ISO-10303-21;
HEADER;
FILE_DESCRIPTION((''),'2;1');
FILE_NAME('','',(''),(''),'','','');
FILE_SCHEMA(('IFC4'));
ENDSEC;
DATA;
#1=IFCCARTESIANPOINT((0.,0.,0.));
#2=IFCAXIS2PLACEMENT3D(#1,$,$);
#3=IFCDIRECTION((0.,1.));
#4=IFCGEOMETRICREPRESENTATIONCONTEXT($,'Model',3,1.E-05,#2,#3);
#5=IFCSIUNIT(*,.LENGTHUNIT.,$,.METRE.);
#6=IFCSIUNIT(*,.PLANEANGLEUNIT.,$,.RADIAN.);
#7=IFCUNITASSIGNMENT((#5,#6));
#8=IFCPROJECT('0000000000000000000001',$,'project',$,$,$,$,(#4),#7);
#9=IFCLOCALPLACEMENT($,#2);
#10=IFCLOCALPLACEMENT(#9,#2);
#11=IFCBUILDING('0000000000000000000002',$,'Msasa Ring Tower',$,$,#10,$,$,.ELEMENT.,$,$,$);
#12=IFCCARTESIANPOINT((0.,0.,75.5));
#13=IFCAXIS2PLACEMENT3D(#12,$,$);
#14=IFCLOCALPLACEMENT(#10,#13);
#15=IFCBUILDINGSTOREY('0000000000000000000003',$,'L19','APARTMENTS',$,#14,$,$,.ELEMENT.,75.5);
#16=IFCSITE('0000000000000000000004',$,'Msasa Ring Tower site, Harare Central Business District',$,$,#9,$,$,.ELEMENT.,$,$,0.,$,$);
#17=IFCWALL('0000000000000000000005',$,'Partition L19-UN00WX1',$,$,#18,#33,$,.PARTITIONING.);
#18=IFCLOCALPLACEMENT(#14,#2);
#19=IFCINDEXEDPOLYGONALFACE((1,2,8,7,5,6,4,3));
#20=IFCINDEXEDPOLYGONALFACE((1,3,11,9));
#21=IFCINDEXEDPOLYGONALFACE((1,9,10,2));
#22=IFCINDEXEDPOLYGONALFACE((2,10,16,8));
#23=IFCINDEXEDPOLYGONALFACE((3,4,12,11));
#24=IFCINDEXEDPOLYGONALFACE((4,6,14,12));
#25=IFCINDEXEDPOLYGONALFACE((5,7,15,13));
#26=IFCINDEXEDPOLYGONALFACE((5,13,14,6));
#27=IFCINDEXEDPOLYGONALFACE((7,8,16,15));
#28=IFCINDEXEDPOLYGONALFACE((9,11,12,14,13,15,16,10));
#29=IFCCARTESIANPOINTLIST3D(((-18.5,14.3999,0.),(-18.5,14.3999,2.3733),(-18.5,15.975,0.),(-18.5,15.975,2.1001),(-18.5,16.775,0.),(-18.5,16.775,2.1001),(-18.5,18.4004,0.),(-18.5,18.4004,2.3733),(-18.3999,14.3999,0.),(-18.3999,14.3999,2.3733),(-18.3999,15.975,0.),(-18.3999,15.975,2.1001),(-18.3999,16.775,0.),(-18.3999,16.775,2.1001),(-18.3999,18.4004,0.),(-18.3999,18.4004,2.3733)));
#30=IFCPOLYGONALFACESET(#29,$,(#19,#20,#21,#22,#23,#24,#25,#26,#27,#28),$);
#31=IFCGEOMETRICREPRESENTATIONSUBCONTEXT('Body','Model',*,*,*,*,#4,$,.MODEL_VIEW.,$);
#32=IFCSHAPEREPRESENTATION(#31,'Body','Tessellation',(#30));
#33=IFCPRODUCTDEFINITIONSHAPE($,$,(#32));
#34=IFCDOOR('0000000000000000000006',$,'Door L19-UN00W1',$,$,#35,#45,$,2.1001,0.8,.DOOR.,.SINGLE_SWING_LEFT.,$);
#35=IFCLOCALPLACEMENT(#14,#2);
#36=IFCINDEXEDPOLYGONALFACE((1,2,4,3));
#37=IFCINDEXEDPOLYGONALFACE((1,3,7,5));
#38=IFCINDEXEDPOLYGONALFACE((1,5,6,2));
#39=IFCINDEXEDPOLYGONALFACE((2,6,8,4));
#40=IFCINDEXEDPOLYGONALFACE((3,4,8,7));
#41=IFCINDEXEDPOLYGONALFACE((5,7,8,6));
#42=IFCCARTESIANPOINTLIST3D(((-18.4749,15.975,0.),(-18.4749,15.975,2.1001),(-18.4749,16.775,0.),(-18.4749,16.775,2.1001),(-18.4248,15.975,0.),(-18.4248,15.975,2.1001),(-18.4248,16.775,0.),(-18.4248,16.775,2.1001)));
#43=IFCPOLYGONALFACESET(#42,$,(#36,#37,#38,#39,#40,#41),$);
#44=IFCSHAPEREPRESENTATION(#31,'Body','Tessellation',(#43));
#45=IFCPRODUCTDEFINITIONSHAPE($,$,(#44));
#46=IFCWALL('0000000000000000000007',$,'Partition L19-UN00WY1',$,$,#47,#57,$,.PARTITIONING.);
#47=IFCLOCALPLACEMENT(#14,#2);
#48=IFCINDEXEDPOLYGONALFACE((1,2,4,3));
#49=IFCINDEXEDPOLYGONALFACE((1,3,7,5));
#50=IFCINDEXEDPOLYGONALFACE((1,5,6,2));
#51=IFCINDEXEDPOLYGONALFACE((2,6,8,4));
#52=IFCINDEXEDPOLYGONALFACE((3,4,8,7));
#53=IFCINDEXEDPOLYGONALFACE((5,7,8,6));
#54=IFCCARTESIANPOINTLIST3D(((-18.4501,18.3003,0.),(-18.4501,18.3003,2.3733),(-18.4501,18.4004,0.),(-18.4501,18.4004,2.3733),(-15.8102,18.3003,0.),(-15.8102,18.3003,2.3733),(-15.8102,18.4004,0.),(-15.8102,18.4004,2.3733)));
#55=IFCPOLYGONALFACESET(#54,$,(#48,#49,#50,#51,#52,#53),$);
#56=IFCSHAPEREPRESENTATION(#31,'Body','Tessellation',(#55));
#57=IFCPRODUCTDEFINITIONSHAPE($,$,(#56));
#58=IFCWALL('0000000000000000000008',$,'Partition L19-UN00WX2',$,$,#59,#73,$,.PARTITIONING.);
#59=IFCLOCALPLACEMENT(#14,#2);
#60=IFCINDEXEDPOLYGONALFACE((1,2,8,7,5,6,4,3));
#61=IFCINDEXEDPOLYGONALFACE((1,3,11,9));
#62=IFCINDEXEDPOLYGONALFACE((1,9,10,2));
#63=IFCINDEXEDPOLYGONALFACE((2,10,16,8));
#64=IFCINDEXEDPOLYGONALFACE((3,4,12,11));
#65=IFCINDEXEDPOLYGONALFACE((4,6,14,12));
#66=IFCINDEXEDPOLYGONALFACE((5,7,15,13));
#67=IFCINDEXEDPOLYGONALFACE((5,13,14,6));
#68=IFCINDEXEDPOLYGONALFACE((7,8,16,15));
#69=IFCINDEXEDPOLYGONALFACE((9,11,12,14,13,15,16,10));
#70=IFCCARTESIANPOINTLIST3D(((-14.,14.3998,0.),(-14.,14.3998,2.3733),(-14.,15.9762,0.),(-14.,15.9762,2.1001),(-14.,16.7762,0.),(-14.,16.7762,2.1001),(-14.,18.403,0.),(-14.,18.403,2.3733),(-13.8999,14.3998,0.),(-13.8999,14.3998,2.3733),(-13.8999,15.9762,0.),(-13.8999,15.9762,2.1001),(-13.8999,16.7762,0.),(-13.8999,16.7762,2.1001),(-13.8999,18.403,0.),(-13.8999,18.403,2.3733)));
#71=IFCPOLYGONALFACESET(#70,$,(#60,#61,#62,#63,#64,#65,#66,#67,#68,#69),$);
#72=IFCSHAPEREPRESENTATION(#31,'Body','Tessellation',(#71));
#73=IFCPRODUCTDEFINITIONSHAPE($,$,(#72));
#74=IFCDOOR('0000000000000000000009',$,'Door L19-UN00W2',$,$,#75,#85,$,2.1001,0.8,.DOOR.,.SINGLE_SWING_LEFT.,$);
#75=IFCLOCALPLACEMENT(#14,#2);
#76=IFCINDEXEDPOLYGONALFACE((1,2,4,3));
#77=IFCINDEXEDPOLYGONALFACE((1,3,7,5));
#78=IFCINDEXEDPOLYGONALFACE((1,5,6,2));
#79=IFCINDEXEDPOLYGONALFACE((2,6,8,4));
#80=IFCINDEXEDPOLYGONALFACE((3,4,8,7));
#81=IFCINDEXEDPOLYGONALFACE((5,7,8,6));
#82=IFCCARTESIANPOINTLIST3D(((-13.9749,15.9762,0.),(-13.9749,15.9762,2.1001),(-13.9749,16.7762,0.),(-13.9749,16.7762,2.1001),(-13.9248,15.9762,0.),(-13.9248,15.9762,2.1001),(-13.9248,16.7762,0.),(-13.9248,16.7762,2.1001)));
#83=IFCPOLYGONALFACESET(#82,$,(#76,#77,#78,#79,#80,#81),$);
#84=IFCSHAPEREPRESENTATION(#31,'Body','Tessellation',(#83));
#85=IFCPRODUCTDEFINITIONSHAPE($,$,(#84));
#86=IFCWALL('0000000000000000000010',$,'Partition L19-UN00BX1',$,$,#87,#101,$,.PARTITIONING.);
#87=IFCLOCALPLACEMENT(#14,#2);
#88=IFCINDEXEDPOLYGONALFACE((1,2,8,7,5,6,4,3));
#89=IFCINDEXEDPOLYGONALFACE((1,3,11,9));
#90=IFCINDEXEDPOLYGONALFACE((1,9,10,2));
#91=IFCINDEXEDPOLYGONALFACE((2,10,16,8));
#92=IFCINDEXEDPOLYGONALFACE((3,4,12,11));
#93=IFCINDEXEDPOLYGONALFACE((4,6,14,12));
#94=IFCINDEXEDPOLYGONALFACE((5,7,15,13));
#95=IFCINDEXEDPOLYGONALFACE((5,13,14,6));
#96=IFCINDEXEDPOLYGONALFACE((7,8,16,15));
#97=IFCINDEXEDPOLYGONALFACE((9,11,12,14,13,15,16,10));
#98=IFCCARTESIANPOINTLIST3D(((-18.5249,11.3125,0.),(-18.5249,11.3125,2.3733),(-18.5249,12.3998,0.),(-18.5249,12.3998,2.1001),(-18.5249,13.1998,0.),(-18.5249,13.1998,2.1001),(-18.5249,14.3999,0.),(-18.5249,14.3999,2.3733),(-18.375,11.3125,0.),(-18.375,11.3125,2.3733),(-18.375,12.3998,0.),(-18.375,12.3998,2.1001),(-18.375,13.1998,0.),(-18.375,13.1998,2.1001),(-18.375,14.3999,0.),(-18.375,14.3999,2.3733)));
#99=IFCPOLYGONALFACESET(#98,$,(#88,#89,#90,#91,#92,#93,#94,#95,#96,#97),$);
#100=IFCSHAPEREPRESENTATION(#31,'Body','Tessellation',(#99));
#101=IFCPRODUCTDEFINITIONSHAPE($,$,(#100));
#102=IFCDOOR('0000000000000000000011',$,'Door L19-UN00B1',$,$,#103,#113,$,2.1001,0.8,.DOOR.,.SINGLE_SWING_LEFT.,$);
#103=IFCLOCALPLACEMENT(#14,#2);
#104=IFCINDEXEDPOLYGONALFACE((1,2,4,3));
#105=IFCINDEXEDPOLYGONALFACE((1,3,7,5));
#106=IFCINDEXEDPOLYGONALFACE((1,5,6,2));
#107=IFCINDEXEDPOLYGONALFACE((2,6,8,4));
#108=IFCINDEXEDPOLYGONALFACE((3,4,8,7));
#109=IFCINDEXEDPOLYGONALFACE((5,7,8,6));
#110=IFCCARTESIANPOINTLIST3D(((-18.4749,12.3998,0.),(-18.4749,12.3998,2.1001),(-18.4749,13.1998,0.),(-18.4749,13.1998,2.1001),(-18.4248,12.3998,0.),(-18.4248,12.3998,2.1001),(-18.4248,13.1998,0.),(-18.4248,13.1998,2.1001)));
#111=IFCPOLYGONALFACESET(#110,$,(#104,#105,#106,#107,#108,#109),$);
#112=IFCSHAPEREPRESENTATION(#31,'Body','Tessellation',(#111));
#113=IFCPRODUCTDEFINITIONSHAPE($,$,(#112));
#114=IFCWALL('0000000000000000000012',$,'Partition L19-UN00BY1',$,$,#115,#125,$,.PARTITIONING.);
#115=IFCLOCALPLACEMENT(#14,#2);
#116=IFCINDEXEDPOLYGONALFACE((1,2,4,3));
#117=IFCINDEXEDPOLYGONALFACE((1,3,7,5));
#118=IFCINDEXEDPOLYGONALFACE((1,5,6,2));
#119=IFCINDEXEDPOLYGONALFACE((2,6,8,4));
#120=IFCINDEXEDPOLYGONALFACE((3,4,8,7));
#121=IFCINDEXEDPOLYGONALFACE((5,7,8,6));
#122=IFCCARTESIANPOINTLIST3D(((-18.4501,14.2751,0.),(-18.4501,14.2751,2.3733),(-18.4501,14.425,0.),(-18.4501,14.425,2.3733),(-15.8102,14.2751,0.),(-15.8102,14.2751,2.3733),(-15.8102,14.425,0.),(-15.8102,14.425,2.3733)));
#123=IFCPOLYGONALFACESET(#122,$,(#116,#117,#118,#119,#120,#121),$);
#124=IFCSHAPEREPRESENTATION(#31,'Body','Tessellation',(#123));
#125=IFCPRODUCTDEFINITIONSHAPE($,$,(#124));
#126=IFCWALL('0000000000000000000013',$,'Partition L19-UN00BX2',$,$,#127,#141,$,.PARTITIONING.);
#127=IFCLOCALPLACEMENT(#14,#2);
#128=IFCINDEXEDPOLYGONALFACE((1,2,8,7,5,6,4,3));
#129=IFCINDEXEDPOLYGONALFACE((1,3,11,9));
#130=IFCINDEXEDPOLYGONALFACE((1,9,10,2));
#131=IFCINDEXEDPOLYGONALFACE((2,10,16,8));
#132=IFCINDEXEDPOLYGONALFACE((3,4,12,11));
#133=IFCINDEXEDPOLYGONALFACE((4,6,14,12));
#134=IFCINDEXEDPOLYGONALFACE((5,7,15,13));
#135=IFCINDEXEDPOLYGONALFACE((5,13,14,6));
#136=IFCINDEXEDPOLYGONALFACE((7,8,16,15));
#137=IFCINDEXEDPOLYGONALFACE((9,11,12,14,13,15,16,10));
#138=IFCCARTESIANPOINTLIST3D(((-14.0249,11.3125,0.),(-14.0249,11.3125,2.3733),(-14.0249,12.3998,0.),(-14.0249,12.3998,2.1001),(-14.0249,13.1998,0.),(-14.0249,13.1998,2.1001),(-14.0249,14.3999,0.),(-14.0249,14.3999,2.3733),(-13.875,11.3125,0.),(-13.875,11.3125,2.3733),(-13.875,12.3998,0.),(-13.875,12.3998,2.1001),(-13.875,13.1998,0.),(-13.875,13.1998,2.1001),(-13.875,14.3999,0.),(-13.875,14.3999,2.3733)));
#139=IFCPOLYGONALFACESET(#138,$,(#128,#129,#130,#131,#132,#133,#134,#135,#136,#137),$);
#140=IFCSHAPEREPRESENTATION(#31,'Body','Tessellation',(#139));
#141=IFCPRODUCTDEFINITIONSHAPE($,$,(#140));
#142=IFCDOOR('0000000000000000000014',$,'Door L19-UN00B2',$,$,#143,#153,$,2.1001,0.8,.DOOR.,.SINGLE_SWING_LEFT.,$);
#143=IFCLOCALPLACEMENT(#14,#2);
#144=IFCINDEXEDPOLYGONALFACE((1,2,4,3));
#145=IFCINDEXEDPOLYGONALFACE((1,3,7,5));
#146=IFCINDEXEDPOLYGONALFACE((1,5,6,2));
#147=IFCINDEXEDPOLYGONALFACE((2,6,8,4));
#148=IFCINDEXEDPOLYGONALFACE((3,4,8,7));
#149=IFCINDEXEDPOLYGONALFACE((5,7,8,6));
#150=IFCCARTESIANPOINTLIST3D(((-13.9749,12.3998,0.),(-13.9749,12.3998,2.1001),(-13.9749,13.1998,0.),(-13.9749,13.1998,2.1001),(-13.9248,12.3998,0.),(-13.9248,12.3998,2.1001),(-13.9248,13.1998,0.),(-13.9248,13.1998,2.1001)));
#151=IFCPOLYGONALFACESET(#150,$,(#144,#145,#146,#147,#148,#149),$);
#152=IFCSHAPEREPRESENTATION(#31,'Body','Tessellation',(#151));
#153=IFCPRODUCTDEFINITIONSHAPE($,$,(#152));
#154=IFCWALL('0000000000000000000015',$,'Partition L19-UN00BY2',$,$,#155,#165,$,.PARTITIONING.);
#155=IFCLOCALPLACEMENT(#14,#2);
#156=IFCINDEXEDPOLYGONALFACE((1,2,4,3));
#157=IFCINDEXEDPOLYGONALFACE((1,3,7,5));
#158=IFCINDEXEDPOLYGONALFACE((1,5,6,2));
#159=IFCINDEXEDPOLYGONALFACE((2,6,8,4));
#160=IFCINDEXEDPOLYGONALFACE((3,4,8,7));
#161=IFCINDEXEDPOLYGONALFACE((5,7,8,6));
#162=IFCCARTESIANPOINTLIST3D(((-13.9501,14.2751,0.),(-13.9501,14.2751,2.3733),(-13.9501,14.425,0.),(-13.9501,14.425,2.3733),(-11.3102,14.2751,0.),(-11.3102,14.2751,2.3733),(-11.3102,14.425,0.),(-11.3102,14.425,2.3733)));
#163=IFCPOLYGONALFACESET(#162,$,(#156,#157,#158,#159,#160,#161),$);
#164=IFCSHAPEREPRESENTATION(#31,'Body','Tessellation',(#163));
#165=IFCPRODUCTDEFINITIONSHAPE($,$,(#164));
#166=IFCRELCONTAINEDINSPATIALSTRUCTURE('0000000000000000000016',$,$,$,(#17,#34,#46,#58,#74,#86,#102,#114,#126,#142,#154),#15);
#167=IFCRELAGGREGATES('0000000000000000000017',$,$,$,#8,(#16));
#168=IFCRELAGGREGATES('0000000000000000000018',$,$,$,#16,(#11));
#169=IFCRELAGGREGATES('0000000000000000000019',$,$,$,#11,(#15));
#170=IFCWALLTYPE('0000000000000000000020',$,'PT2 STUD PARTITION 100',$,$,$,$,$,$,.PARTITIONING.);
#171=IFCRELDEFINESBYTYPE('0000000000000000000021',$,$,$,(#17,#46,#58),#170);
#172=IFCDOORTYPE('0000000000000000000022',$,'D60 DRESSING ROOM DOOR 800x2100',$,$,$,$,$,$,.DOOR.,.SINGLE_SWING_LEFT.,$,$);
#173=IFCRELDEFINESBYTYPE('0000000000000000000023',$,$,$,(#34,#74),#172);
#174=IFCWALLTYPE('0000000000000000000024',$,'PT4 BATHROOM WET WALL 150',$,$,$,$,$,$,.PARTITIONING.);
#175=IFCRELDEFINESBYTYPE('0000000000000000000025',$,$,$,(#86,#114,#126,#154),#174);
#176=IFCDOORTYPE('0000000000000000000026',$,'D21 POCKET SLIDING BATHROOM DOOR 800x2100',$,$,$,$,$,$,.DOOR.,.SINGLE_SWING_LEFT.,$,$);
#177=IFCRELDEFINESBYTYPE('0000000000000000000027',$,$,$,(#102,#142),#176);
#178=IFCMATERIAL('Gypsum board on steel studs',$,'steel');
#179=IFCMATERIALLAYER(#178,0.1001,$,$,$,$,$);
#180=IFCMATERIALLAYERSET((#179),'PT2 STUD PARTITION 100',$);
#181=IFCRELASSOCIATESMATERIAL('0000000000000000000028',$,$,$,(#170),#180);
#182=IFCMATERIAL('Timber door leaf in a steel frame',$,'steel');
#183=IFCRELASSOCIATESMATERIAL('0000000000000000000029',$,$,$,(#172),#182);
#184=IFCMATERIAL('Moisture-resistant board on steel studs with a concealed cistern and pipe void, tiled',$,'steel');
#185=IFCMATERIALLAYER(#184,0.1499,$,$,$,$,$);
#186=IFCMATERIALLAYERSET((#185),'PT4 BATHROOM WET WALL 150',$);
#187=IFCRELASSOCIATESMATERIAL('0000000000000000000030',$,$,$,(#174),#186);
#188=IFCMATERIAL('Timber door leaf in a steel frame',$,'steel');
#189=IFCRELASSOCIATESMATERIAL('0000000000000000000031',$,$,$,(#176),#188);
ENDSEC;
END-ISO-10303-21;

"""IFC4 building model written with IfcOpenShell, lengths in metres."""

from ifc_helpers import new_model, si_unit, direction, frame, frame_2d, origin, place, context, subcontext, project, spatial, rectangle, extrude, material, layer, layer_set, type_object, element, fill, save


model = new_model("IFC4")

# Units and contexts
model_context = context("Model", 3, precision=1e-05, world=origin(), true_north=direction((0.0, 1.0)))
body_context = subcontext(model_context, "Body", "Model", "MODEL_VIEW")
ifc_project = project(units=[si_unit("LENGTHUNIT", "METRE"), si_unit("PLANEANGLEUNIT", "RADIAN")], contexts=[model_context])

# Site, building, storey
site_placement = place(None, origin())
site = spatial("IfcSite", under=ifc_project, at=site_placement, Name="Msasa Ring Tower site, Harare Central Business District", CompositionType="ELEMENT", RefElevation=0.0)
building_placement = place(site_placement, origin())
building = spatial("IfcBuilding", under=site, at=building_placement, Name="Msasa Ring Tower", CompositionType="ELEMENT")
storey_placement = place(building_placement, frame((0.0, 0.0, 75.5)))
storey = spatial("IfcBuildingStorey", under=building, at=storey_placement, Name="L19", Description="APARTMENTS", CompositionType="ELEMENT", Elevation=75.5)

# Shared definitions
ifc_material_1 = material(Name="Gypsum board on steel studs", Category="steel")
ifc_layer_1 = layer(ifc_material_1, 0.1001)
ifc_layer_set_1 = layer_set([ifc_layer_1], Name="PT2 STUD PARTITION 100")
wall_type_1 = type_object("IfcWallType", Name="PT2 STUD PARTITION 100", PredefinedType="PARTITIONING", material=ifc_layer_set_1)

# Wall, opening, door
wall_1_placement = place(storey_placement, frame((-18.45, 14.3999, 0.0), z_axis=(0.0, 0.0, 1.0), x_axis=(0.0, 1.0, 0.0)))
wall_1 = element("IfcWall", 1, at=wall_1_placement, inside=storey, type_object=wall_type_1, Name="Partition L19-UN00WX1", PredefinedType="PARTITIONING", context=body_context, shape_type="SweptSolid", body=[
    extrude(rectangle(XDim=4.0005, YDim=0.1001, at=frame_2d((2.0002, 0.0))), origin(), (0.0, 0.0, 1.0), 2.3733),
])
opening_1_placement = place(wall_1_placement, frame((1.5752, 0.0, 0.0)))
opening_1 = element("IfcOpeningElement", 2, at=opening_1_placement, cuts=wall_1, PredefinedType="OPENING", context=body_context, shape_type="SweptSolid", body=[
    extrude(rectangle(XDim=0.8, YDim=2.1001, at=frame_2d((0.3999, 1.05))), frame((0.0, 0.0601, 0.0), z_axis=(0.0, -1.0, 0.0), x_axis=(1.0, 0.0, 0.0)), (0.0, 0.0, 1.0), 0.1201),
])
ifc_material_2 = material(Name="Timber door leaf in a steel frame", Category="steel")
door_type_1 = type_object("IfcDoorType", Name="D60 DRESSING ROOM DOOR 800x2100", OperationType="SINGLE_SWING_LEFT", PredefinedType="DOOR", material=ifc_material_2)
door_1_placement = place(opening_1_placement, origin())
door_1 = element("IfcDoor", 3, at=door_1_placement, inside=storey, type_object=door_type_1, Name="Door L19-UN00W1", OperationType="SINGLE_SWING_LEFT", OverallHeight=2.1001, OverallWidth=0.8, PredefinedType="DOOR", context=body_context, shape_type="SweptSolid", body=[
    extrude(rectangle(XDim=0.8, YDim=2.1001, at=frame_2d((0.3999, 1.05))), frame((0.0, 0.0249, 0.0), z_axis=(0.0, -1.0, 0.0), x_axis=(1.0, 0.0, 0.0)), (0.0, 0.0, 1.0), 0.05),
])
fill(opening_1, door_1)

# Wall
wall_2_placement = place(storey_placement, frame((-18.45, 18.3503, 0.0), z_axis=(0.0, 0.0, 1.0), x_axis=(1.0, 0.0, 0.0)))
element("IfcWall", 4, at=wall_2_placement, inside=storey, type_object=wall_type_1, Name="Partition L19-UN00WY1", PredefinedType="PARTITIONING", context=body_context, shape_type="SweptSolid", body=[
    extrude(rectangle(XDim=2.6399, YDim=0.1001, at=frame_2d((1.3198, 0.0))), origin(), (0.0, 0.0, 1.0), 2.3733),
])

# Walls, openings, doors
wall_3_placement = place(storey_placement, frame((-13.95, 14.3999, 0.0), z_axis=(0.0, 0.0, 1.0), x_axis=(0.0, 1.0, 0.0)))
wall_3 = element("IfcWall", 5, at=wall_3_placement, inside=storey, type_object=wall_type_1, Name="Partition L19-UN00WX2", PredefinedType="PARTITIONING", context=body_context, shape_type="SweptSolid", body=[
    extrude(rectangle(XDim=4.0032, YDim=0.1001, at=frame_2d((2.0015, 0.0))), origin(), (0.0, 0.0, 1.0), 2.3733),
])
opening_2_placement = place(wall_3_placement, frame((1.5764, 0.0, 0.0)))
opening_2 = element("IfcOpeningElement", 6, at=opening_2_placement, cuts=wall_3, PredefinedType="OPENING", context=body_context, shape_type="SweptSolid", body=[
    extrude(rectangle(XDim=0.8, YDim=2.1001, at=frame_2d((0.3999, 1.05))), frame((0.0, 0.0601, 0.0), z_axis=(0.0, -1.0, 0.0), x_axis=(1.0, 0.0, 0.0)), (0.0, 0.0, 1.0), 0.1201),
])
door_2_placement = place(opening_2_placement, origin())
door_2 = element("IfcDoor", 7, at=door_2_placement, inside=storey, type_object=door_type_1, Name="Door L19-UN00W2", OperationType="SINGLE_SWING_LEFT", OverallHeight=2.1001, OverallWidth=0.8, PredefinedType="DOOR", context=body_context, shape_type="SweptSolid", body=[
    extrude(rectangle(XDim=0.8, YDim=2.1001, at=frame_2d((0.3999, 1.05))), frame((0.0, 0.0249, 0.0), z_axis=(0.0, -1.0, 0.0), x_axis=(1.0, 0.0, 0.0)), (0.0, 0.0, 1.0), 0.05),
])
fill(opening_2, door_2)
ifc_material_3 = material(Name="Moisture-resistant board on steel studs with a concealed cistern and pipe void, tiled", Category="steel")
ifc_layer_2 = layer(ifc_material_3, 0.1499)
ifc_layer_set_2 = layer_set([ifc_layer_2], Name="PT4 BATHROOM WET WALL 150")
wall_type_2 = type_object("IfcWallType", Name="PT4 BATHROOM WET WALL 150", PredefinedType="PARTITIONING", material=ifc_layer_set_2)
wall_4_placement = place(storey_placement, frame((-18.45, 11.3125, 0.0), z_axis=(0.0, 0.0, 1.0), x_axis=(0.0, 1.0, 0.0)))
wall_4 = element("IfcWall", 8, at=wall_4_placement, inside=storey, type_object=wall_type_2, Name="Partition L19-UN00BX1", PredefinedType="PARTITIONING", context=body_context, shape_type="SweptSolid", body=[
    extrude(rectangle(XDim=3.0874, YDim=0.1499, at=frame_2d((1.5437, 0.0))), origin(), (0.0, 0.0, 1.0), 2.3733),
])
opening_3_placement = place(wall_4_placement, frame((1.0874, 0.0, 0.0)))
opening_3 = element("IfcOpeningElement", 9, at=opening_3_placement, cuts=wall_4, PredefinedType="OPENING", context=body_context, shape_type="SweptSolid", body=[
    extrude(rectangle(XDim=0.8, YDim=2.1001, at=frame_2d((0.3999, 1.05))), frame((0.0, 0.085, 0.0), z_axis=(0.0, -1.0, 0.0), x_axis=(1.0, 0.0, 0.0)), (0.0, 0.0, 1.0), 0.1699),
])
ifc_material_4 = material(Name="Timber door leaf in a steel frame", Category="steel")
door_type_2 = type_object("IfcDoorType", Name="D21 POCKET SLIDING BATHROOM DOOR 800x2100", OperationType="SINGLE_SWING_LEFT", PredefinedType="DOOR", material=ifc_material_4)
door_3_placement = place(opening_3_placement, origin())
door_3 = element("IfcDoor", 10, at=door_3_placement, inside=storey, type_object=door_type_2, Name="Door L19-UN00B1", OperationType="SINGLE_SWING_LEFT", OverallHeight=2.1001, OverallWidth=0.8, PredefinedType="DOOR", context=body_context, shape_type="SweptSolid", body=[
    extrude(rectangle(XDim=0.8, YDim=2.1001, at=frame_2d((0.3999, 1.05))), frame((0.0, 0.0249, 0.0), z_axis=(0.0, -1.0, 0.0), x_axis=(1.0, 0.0, 0.0)), (0.0, 0.0, 1.0), 0.05),
])
fill(opening_3, door_3)

# Wall
wall_5_placement = place(storey_placement, frame((-18.45, 14.3501, 0.0), z_axis=(0.0, 0.0, 1.0), x_axis=(1.0, 0.0, 0.0)))
element("IfcWall", 11, at=wall_5_placement, inside=storey, type_object=wall_type_2, Name="Partition L19-UN00BY1", PredefinedType="PARTITIONING", context=body_context, shape_type="SweptSolid", body=[
    extrude(rectangle(XDim=2.6399, YDim=0.1499, at=frame_2d((1.3198, 0.0))), origin(), (0.0, 0.0, 1.0), 2.3733),
])

# Wall, opening, door
wall_6_placement = place(storey_placement, frame((-13.95, 11.3125, 0.0), z_axis=(0.0, 0.0, 1.0), x_axis=(0.0, 1.0, 0.0)))
wall_6 = element("IfcWall", 12, at=wall_6_placement, inside=storey, type_object=wall_type_2, Name="Partition L19-UN00BX2", PredefinedType="PARTITIONING", context=body_context, shape_type="SweptSolid", body=[
    extrude(rectangle(XDim=3.0874, YDim=0.1499, at=frame_2d((1.5437, 0.0))), origin(), (0.0, 0.0, 1.0), 2.3733),
])
opening_4_placement = place(wall_6_placement, frame((1.0874, 0.0, 0.0)))
opening_4 = element("IfcOpeningElement", 13, at=opening_4_placement, cuts=wall_6, PredefinedType="OPENING", context=body_context, shape_type="SweptSolid", body=[
    extrude(rectangle(XDim=0.8, YDim=2.1001, at=frame_2d((0.3999, 1.05))), frame((0.0, 0.085, 0.0), z_axis=(0.0, -1.0, 0.0), x_axis=(1.0, 0.0, 0.0)), (0.0, 0.0, 1.0), 0.1699),
])
door_4_placement = place(opening_4_placement, origin())
door_4 = element("IfcDoor", 14, at=door_4_placement, inside=storey, type_object=door_type_2, Name="Door L19-UN00B2", OperationType="SINGLE_SWING_LEFT", OverallHeight=2.1001, OverallWidth=0.8, PredefinedType="DOOR", context=body_context, shape_type="SweptSolid", body=[
    extrude(rectangle(XDim=0.8, YDim=2.1001, at=frame_2d((0.3999, 1.05))), frame((0.0, 0.0249, 0.0), z_axis=(0.0, -1.0, 0.0), x_axis=(1.0, 0.0, 0.0)), (0.0, 0.0, 1.0), 0.05),
])
fill(opening_4, door_4)

# Wall
wall_7_placement = place(storey_placement, frame((-13.95, 14.3501, 0.0), z_axis=(0.0, 0.0, 1.0), x_axis=(1.0, 0.0, 0.0)))
element("IfcWall", 15, at=wall_7_placement, inside=storey, type_object=wall_type_2, Name="Partition L19-UN00BY2", PredefinedType="PARTITIONING", context=body_context, shape_type="SweptSolid", body=[
    extrude(rectangle(XDim=2.6399, YDim=0.1499, at=frame_2d((1.3198, 0.0))), origin(), (0.0, 0.0, 1.0), 2.3733),
])

save(model, "model.ifc")
